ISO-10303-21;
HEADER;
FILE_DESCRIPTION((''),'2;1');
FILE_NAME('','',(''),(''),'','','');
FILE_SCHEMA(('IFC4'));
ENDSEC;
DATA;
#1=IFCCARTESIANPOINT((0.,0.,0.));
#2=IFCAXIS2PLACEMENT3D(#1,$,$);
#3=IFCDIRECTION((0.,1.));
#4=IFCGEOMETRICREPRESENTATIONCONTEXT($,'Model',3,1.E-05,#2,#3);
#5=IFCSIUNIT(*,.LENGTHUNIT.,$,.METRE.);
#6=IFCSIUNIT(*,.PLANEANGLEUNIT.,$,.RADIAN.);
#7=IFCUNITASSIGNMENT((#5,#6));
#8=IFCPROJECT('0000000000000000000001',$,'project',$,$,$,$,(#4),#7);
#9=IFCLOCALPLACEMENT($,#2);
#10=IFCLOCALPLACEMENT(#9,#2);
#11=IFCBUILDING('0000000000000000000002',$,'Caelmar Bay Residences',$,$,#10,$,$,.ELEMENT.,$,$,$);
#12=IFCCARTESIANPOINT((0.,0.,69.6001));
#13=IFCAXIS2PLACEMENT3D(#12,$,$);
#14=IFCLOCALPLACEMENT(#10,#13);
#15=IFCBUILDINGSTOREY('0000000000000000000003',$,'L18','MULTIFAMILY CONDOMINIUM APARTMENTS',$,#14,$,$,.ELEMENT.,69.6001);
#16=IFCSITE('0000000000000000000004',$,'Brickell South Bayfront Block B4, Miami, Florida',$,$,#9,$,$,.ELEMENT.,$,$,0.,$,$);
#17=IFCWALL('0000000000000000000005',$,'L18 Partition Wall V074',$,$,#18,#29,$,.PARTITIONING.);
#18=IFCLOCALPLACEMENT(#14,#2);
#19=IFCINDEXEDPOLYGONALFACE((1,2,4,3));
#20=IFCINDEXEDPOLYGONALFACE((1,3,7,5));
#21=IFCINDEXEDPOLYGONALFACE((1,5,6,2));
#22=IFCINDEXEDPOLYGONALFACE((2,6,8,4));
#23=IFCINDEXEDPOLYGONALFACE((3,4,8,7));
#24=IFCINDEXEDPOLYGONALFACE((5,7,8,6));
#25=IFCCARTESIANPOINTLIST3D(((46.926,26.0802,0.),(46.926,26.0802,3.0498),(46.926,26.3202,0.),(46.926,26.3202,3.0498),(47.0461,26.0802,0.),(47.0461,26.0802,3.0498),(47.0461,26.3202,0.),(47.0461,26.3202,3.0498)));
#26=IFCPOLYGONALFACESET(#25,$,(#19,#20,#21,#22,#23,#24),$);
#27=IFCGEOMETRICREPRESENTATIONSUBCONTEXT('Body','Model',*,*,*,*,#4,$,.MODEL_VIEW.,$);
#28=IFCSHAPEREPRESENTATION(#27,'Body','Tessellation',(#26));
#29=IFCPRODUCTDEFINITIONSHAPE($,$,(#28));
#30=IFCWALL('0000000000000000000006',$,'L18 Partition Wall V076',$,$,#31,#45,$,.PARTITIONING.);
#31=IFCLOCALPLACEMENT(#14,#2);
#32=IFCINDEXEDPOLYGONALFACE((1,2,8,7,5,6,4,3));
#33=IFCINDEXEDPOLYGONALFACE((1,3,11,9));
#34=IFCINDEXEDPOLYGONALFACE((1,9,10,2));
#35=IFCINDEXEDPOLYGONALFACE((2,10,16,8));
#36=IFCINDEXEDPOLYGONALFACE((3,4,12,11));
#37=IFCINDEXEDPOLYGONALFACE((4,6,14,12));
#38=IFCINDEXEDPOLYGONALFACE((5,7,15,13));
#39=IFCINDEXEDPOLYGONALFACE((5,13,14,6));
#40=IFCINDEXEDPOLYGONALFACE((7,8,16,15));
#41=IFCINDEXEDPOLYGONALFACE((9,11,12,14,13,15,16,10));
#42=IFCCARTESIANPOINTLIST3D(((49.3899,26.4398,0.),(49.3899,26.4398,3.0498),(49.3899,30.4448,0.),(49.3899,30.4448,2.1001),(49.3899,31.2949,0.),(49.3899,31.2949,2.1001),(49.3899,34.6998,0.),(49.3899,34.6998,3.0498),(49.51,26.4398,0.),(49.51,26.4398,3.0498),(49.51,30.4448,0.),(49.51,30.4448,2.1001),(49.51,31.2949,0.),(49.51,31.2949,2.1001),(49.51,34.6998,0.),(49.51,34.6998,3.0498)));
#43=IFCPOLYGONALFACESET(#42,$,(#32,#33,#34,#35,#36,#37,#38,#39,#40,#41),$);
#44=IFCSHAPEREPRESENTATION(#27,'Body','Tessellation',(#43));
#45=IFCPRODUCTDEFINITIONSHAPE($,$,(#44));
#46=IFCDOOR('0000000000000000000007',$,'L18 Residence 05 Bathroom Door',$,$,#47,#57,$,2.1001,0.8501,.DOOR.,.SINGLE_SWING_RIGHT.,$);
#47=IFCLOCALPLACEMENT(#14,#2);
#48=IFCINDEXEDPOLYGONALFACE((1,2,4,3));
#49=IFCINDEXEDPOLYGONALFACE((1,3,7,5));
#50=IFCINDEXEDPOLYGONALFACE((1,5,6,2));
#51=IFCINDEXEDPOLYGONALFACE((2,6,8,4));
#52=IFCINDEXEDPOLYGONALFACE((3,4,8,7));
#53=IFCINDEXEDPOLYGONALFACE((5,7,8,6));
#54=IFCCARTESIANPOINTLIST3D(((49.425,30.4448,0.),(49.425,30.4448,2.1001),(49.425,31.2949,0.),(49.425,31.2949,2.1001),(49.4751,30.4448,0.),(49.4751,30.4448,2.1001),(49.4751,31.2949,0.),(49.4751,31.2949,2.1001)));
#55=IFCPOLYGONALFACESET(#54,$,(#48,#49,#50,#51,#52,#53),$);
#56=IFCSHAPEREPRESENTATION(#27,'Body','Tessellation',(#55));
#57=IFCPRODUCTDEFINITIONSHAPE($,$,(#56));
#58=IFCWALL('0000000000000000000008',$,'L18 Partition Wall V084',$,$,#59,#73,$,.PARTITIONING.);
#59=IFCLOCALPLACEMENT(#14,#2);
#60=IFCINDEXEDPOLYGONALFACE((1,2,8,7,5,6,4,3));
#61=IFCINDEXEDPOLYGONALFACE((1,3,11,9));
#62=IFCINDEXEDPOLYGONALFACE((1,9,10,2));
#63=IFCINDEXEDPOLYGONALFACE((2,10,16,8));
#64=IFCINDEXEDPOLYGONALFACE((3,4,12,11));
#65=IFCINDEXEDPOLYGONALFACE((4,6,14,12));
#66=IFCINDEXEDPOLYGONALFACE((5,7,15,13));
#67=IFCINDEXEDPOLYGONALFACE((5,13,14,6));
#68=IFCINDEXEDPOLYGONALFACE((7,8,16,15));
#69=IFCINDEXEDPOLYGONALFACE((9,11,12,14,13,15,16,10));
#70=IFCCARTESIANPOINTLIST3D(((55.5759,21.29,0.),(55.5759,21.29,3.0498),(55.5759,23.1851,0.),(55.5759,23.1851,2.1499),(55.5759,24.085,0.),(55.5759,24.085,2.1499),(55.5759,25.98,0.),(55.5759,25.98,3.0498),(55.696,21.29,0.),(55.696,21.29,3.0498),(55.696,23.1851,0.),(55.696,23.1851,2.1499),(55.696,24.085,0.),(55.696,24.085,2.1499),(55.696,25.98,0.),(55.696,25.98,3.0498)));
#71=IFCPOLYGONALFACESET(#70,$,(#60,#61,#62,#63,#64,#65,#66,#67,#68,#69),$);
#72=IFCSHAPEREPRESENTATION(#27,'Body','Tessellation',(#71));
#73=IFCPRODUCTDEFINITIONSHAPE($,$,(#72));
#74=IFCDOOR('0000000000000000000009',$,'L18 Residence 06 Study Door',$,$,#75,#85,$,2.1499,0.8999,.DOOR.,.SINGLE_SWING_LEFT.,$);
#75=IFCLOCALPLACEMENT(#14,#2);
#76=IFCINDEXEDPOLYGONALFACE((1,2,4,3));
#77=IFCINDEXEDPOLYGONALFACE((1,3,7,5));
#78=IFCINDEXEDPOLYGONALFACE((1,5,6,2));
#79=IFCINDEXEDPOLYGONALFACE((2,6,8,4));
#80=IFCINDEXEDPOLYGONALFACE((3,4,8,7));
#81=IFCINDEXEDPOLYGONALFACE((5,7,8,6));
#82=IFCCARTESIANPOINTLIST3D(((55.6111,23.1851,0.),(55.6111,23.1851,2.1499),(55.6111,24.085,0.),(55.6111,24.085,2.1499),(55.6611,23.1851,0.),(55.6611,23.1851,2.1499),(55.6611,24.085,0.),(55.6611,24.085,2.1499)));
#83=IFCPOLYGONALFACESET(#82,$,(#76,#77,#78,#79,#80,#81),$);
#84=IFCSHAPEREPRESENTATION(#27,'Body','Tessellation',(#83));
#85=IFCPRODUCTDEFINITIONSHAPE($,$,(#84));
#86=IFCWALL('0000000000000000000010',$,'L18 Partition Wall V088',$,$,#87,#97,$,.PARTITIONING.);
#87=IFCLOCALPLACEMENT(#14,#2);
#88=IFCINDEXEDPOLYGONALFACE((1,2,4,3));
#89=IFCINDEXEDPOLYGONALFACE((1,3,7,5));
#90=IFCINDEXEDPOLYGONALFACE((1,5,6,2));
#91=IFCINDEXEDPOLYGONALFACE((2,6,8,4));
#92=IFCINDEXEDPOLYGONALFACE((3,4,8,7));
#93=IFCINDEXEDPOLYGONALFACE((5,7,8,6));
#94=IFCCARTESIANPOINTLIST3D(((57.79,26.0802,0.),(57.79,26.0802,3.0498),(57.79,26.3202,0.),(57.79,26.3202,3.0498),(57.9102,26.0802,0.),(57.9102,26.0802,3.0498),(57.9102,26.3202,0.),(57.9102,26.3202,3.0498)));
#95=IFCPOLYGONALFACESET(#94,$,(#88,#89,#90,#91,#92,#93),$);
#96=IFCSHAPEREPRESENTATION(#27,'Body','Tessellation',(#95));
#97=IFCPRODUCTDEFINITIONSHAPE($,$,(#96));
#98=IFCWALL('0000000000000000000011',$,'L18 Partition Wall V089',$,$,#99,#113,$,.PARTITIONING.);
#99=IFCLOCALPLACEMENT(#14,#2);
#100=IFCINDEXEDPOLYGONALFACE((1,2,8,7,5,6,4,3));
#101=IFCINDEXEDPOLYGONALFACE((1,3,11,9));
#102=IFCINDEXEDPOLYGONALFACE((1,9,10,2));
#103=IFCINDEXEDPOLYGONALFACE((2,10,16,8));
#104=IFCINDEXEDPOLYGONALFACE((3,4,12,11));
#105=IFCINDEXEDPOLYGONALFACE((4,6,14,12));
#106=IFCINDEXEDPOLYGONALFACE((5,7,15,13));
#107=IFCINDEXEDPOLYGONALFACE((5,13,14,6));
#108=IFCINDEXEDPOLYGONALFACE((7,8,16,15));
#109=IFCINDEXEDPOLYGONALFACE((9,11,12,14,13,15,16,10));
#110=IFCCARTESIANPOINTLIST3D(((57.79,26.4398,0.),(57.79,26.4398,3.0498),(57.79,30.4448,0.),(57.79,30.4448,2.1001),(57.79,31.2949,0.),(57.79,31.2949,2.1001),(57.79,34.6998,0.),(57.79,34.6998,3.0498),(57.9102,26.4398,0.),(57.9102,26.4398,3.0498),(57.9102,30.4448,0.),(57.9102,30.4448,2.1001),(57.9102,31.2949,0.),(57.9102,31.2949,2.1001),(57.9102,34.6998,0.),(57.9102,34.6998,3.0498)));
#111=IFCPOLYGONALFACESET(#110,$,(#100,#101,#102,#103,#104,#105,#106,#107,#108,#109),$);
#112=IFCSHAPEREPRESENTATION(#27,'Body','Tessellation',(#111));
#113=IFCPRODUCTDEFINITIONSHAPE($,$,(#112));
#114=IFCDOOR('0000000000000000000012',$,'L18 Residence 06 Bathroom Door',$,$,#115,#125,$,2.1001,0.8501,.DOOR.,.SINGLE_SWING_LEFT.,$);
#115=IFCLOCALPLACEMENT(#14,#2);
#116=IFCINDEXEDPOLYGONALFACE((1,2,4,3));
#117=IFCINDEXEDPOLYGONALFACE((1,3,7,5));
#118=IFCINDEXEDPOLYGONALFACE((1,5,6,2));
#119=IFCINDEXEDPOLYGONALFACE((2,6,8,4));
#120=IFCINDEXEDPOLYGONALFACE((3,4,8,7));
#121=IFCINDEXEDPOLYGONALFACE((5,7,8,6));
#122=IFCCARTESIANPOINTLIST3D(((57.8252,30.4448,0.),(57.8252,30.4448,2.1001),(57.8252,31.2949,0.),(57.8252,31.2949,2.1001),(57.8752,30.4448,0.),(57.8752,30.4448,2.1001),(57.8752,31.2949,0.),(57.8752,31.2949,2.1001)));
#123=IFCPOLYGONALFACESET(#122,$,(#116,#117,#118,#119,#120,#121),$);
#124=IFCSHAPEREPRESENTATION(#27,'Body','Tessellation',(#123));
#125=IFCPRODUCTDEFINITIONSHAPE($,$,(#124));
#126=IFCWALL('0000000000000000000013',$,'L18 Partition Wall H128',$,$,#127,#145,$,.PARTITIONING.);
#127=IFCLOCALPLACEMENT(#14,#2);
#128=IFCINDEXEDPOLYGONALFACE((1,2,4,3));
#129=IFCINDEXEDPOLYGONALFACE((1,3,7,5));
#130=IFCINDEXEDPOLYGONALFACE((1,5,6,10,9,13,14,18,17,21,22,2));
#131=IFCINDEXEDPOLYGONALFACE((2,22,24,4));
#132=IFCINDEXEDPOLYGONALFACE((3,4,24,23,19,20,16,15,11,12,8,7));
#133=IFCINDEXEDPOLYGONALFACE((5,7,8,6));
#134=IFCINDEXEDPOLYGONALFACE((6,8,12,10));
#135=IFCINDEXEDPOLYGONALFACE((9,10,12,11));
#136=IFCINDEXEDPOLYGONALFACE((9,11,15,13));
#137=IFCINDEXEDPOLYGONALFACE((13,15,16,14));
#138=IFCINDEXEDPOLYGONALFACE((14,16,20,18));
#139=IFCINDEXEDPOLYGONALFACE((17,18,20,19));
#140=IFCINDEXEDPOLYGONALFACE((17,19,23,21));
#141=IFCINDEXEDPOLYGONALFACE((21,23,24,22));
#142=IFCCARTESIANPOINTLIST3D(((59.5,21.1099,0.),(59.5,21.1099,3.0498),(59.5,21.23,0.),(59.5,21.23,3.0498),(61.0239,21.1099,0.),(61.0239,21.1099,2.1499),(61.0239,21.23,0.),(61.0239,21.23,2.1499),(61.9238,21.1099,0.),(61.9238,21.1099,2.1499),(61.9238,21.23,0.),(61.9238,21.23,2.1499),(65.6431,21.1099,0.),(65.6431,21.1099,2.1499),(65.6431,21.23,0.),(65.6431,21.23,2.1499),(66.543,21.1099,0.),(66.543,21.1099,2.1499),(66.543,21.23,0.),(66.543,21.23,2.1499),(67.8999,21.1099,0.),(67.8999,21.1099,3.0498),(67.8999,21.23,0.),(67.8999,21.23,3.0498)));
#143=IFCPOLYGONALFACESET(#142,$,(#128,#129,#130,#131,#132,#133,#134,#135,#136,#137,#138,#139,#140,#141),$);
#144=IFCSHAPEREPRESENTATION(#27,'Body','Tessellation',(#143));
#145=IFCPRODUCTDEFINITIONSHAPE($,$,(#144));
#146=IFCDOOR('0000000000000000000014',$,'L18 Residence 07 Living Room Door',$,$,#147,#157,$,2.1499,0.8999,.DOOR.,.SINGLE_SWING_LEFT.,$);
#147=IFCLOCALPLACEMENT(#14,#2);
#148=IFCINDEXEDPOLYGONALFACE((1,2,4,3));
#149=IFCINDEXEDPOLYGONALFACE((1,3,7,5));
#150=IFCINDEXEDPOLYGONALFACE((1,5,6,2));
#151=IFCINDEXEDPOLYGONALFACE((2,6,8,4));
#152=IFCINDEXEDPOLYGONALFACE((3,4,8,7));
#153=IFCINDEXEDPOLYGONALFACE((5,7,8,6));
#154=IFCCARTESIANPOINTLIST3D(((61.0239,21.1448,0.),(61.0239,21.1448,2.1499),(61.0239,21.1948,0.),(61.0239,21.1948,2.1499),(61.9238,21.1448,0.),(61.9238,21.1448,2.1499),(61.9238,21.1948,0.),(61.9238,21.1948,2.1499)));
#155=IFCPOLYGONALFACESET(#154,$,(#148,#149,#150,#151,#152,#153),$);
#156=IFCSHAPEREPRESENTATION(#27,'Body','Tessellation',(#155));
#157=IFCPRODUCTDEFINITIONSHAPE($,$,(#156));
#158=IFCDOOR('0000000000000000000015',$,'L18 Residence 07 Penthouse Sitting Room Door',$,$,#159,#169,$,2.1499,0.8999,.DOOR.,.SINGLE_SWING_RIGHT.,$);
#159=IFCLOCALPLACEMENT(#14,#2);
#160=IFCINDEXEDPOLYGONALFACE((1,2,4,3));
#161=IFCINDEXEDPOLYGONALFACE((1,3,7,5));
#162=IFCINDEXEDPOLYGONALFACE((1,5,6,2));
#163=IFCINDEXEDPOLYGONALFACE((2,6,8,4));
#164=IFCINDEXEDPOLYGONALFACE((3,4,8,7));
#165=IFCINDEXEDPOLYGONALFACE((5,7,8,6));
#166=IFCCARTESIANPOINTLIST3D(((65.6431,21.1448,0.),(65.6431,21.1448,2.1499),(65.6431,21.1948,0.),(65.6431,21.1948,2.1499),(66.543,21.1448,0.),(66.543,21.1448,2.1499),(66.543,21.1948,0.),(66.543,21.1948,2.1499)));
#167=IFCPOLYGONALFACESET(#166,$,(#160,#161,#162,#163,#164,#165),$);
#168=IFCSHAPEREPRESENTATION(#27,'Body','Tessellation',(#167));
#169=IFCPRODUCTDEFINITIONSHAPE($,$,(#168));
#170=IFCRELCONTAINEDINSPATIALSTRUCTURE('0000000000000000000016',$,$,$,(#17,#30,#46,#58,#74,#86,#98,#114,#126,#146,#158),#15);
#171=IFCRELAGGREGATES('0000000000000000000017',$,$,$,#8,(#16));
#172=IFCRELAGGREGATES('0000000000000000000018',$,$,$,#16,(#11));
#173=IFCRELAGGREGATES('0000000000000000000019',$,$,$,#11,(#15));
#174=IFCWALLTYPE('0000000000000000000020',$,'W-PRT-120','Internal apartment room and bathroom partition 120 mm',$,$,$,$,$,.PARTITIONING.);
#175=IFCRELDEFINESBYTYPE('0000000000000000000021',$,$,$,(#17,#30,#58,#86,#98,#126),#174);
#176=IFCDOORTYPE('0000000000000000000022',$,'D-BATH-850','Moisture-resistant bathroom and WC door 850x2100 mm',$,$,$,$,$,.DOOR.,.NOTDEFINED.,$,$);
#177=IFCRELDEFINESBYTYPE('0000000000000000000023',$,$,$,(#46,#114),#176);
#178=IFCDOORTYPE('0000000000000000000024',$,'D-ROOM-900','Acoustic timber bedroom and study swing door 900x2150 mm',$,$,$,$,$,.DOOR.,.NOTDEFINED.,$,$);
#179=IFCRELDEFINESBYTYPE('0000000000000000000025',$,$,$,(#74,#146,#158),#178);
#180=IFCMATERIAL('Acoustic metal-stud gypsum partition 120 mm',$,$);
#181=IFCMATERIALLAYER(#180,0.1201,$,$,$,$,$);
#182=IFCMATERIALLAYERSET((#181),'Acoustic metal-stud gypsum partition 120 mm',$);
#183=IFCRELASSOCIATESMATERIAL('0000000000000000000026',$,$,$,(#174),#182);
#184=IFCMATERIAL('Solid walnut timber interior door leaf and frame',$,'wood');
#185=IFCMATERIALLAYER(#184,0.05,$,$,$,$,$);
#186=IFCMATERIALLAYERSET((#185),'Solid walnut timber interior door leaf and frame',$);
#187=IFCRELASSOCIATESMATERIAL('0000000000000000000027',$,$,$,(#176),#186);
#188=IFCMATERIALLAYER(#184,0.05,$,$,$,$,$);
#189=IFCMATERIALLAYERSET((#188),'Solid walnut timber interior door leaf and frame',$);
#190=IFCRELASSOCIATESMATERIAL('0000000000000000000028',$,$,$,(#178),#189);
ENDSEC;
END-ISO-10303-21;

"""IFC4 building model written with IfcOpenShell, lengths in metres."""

from ifc_helpers import new_model, si_unit, direction, frame, frame_2d, origin, place, context, subcontext, project, spatial, rectangle, extrude, material, layer, layer_set, type_object, element, fill, save


model = new_model("IFC4")

# Units and contexts
model_context = context("Model", 3, precision=1e-05, world=origin(), true_north=direction((0.0, 1.0)))
body_context = subcontext(model_context, "Body", "Model", "MODEL_VIEW")
ifc_project = project(units=[si_unit("LENGTHUNIT", "METRE"), si_unit("PLANEANGLEUNIT", "RADIAN")], contexts=[model_context])

# Site, building, storey
site_placement = place(None, origin())
site = spatial("IfcSite", under=ifc_project, at=site_placement, Name="Brickell South Bayfront Block B4, Miami, Florida", CompositionType="ELEMENT", RefElevation=0.0)
building_placement = place(site_placement, origin())
building = spatial("IfcBuilding", under=site, at=building_placement, Name="Caelmar Bay Residences", CompositionType="ELEMENT")
storey_placement = place(building_placement, frame((0.0, 0.0, 69.6001)))
storey = spatial("IfcBuildingStorey", under=building, at=storey_placement, Name="L18", Description="MULTIFAMILY CONDOMINIUM APARTMENTS", CompositionType="ELEMENT", Elevation=69.6001)

# Wall
ifc_material_1 = material(Name="Acoustic metal-stud gypsum partition 120 mm")
ifc_layer_1 = layer(ifc_material_1, 0.1201)
ifc_layer_set_1 = layer_set([ifc_layer_1], Name="Acoustic metal-stud gypsum partition 120 mm")
wall_type_1 = type_object("IfcWallType", Name="W-PRT-120", Description="Internal apartment room and bathroom partition 120 mm", PredefinedType="PARTITIONING", material=ifc_layer_set_1)
wall_1_placement = place(storey_placement, frame((46.9861, 26.0801, 0.0), z_axis=(0.0, 0.0, 1.0), x_axis=(0.0, 1.0, 0.0)))
element("IfcWall", 1, at=wall_1_placement, inside=storey, type_object=wall_type_1, Name="L18 Partition Wall V074", PredefinedType="PARTITIONING", context=body_context, shape_type="SweptSolid", body=[
    extrude(rectangle(XDim=0.24, YDim=0.1201, at=frame_2d((0.1201, 0.0))), origin(), (0.0, 0.0, 1.0), 3.0498),
])

# Walls, openings, doors
wall_2_placement = place(storey_placement, frame((49.45, 26.4399, 0.0), z_axis=(0.0, 0.0, 1.0), x_axis=(0.0, 1.0, 0.0)))
wall_2 = element("IfcWall", 2, at=wall_2_placement, inside=storey, type_object=wall_type_1, Name="L18 Partition Wall V076", PredefinedType="PARTITIONING", context=body_context, shape_type="SweptSolid", body=[
    extrude(rectangle(XDim=8.26, YDim=0.1201, at=frame_2d((4.1299, 0.0))), origin(), (0.0, 0.0, 1.0), 3.0498),
])
opening_1_placement = place(wall_2_placement, frame((4.0049, 0.0, 0.0)))
opening_1 = element("IfcOpeningElement", 3, at=opening_1_placement, cuts=wall_2, PredefinedType="OPENING", context=body_context, shape_type="SweptSolid", body=[
    extrude(rectangle(XDim=0.8501, YDim=2.1001, at=frame_2d((0.425, 1.05))), frame((0.0, 0.0701, 0.0), z_axis=(0.0, -1.0, 0.0), x_axis=(1.0, 0.0, 0.0)), (0.0, 0.0, 1.0), 0.1401),
])
ifc_material_2 = material(Name="Solid walnut timber interior door leaf and frame", Category="wood")
ifc_layer_2 = layer(ifc_material_2, 0.05)
ifc_layer_set_2 = layer_set([ifc_layer_2], Name="Solid walnut timber interior door leaf and frame")
door_type_1 = type_object("IfcDoorType", Name="D-BATH-850", Description="Moisture-resistant bathroom and WC door 850x2100 mm", OperationType="NOTDEFINED", PredefinedType="DOOR", material=ifc_layer_set_2)
door_1_placement = place(opening_1_placement, origin())
door_1 = element("IfcDoor", 4, at=door_1_placement, inside=storey, type_object=door_type_1, Name="L18 Residence 05 Bathroom Door", OperationType="SINGLE_SWING_RIGHT", OverallHeight=2.1001, OverallWidth=0.8501, PredefinedType="DOOR", context=body_context, shape_type="SweptSolid", body=[
    extrude(rectangle(XDim=0.8501, YDim=2.1001, at=frame_2d((0.425, 1.05))), frame((0.0, 0.0249, 0.0), z_axis=(0.0, -1.0, 0.0), x_axis=(1.0, 0.0, 0.0)), (0.0, 0.0, 1.0), 0.05),
])
fill(opening_1, door_1)
wall_3_placement = place(storey_placement, frame((55.636, 21.29, 0.0), z_axis=(0.0, 0.0, 1.0), x_axis=(0.0, 1.0, 0.0)))
wall_3 = element("IfcWall", 5, at=wall_3_placement, inside=storey, type_object=wall_type_1, Name="L18 Partition Wall V084", PredefinedType="PARTITIONING", context=body_context, shape_type="SweptSolid", body=[
    extrude(rectangle(XDim=4.6899, YDim=0.1201, at=frame_2d((2.345, 0.0))), origin(), (0.0, 0.0, 1.0), 3.0498),
])
opening_2_placement = place(wall_3_placement, frame((1.895, 0.0, 0.0)))
opening_2 = element("IfcOpeningElement", 6, at=opening_2_placement, cuts=wall_3, PredefinedType="OPENING", context=body_context, shape_type="SweptSolid", body=[
    extrude(rectangle(XDim=0.8999, YDim=2.1499, at=frame_2d((0.45, 1.075))), frame((0.0, 0.0701, 0.0), z_axis=(0.0, -1.0, 0.0), x_axis=(1.0, 0.0, 0.0)), (0.0, 0.0, 1.0), 0.1401),
])
ifc_layer_3 = layer(ifc_material_2, 0.05)
ifc_layer_set_3 = layer_set([ifc_layer_3], Name="Solid walnut timber interior door leaf and frame")
door_type_2 = type_object("IfcDoorType", Name="D-ROOM-900", Description="Acoustic timber bedroom and study swing door 900x2150 mm", OperationType="NOTDEFINED", PredefinedType="DOOR", material=ifc_layer_set_3)
door_2_placement = place(opening_2_placement, origin())
door_2 = element("IfcDoor", 7, at=door_2_placement, inside=storey, type_object=door_type_2, Name="L18 Residence 06 Study Door", OperationType="SINGLE_SWING_LEFT", OverallHeight=2.1499, OverallWidth=0.8999, PredefinedType="DOOR", context=body_context, shape_type="SweptSolid", body=[
    extrude(rectangle(XDim=0.8999, YDim=2.1499, at=frame_2d((0.45, 1.075))), frame((0.0, 0.0249, 0.0), z_axis=(0.0, -1.0, 0.0), x_axis=(1.0, 0.0, 0.0)), (0.0, 0.0, 1.0), 0.05),
])
fill(opening_2, door_2)

# Wall
wall_4_placement = place(storey_placement, frame((57.8501, 26.0801, 0.0), z_axis=(0.0, 0.0, 1.0), x_axis=(0.0, 1.0, 0.0)))
element("IfcWall", 8, at=wall_4_placement, inside=storey, type_object=wall_type_1, Name="L18 Partition Wall V088", PredefinedType="PARTITIONING", context=body_context, shape_type="SweptSolid", body=[
    extrude(rectangle(XDim=0.24, YDim=0.1201, at=frame_2d((0.1201, 0.0))), origin(), (0.0, 0.0, 1.0), 3.0498),
])

# Wall, opening, door
wall_5_placement = place(storey_placement, frame((57.8501, 26.4399, 0.0), z_axis=(0.0, 0.0, 1.0), x_axis=(0.0, 1.0, 0.0)))
wall_5 = element("IfcWall", 9, at=wall_5_placement, inside=storey, type_object=wall_type_1, Name="L18 Partition Wall V089", PredefinedType="PARTITIONING", context=body_context, shape_type="SweptSolid", body=[
    extrude(rectangle(XDim=8.26, YDim=0.1201, at=frame_2d((4.1299, 0.0))), origin(), (0.0, 0.0, 1.0), 3.0498),
])
opening_3_placement = place(wall_5_placement, frame((4.0049, 0.0, 0.0)))
opening_3 = element("IfcOpeningElement", 10, at=opening_3_placement, cuts=wall_5, PredefinedType="OPENING", context=body_context, shape_type="SweptSolid", body=[
    extrude(rectangle(XDim=0.8501, YDim=2.1001, at=frame_2d((0.425, 1.05))), frame((0.0, 0.0701, 0.0), z_axis=(0.0, -1.0, 0.0), x_axis=(1.0, 0.0, 0.0)), (0.0, 0.0, 1.0), 0.1401),
])
door_3_placement = place(opening_3_placement, origin())
door_3 = element("IfcDoor", 11, at=door_3_placement, inside=storey, type_object=door_type_1, Name="L18 Residence 06 Bathroom Door", OperationType="SINGLE_SWING_LEFT", OverallHeight=2.1001, OverallWidth=0.8501, PredefinedType="DOOR", context=body_context, shape_type="SweptSolid", body=[
    extrude(rectangle(XDim=0.8501, YDim=2.1001, at=frame_2d((0.425, 1.05))), frame((0.0, 0.0249, 0.0), z_axis=(0.0, -1.0, 0.0), x_axis=(1.0, 0.0, 0.0)), (0.0, 0.0, 1.0), 0.05),
])
fill(opening_3, door_3)

# Wall, openings, doors
wall_6_placement = place(storey_placement, frame((59.5, 21.1699, 0.0), z_axis=(0.0, 0.0, 1.0), x_axis=(1.0, 0.0, 0.0)))
wall_6 = element("IfcWall", 12, at=wall_6_placement, inside=storey, type_object=wall_type_1, Name="L18 Partition Wall H128", PredefinedType="PARTITIONING", context=body_context, shape_type="SweptSolid", body=[
    extrude(rectangle(XDim=8.3999, YDim=0.1201, at=frame_2d((4.2, 0.0))), origin(), (0.0, 0.0, 1.0), 3.0498),
])
opening_4_placement = place(wall_6_placement, frame((1.5239, 0.0, 0.0)))
opening_4 = element("IfcOpeningElement", 13, at=opening_4_placement, cuts=wall_6, PredefinedType="OPENING", context=body_context, shape_type="SweptSolid", body=[
    extrude(rectangle(XDim=0.8999, YDim=2.1499, at=frame_2d((0.45, 1.075))), frame((0.0, 0.0701, 0.0), z_axis=(0.0, -1.0, 0.0), x_axis=(1.0, 0.0, 0.0)), (0.0, 0.0, 1.0), 0.1401),
])
opening_5_placement = place(wall_6_placement, frame((6.1431, 0.0, 0.0)))
opening_5 = element("IfcOpeningElement", 14, at=opening_5_placement, cuts=wall_6, PredefinedType="OPENING", context=body_context, shape_type="SweptSolid", body=[
    extrude(rectangle(XDim=0.8999, YDim=2.1499, at=frame_2d((0.45, 1.075))), frame((0.0, 0.0701, 0.0), z_axis=(0.0, -1.0, 0.0), x_axis=(1.0, 0.0, 0.0)), (0.0, 0.0, 1.0), 0.1401),
])
door_4_placement = place(opening_4_placement, origin())
door_4 = element("IfcDoor", 15, at=door_4_placement, inside=storey, type_object=door_type_2, Name="L18 Residence 07 Living Room Door", OperationType="SINGLE_SWING_LEFT", OverallHeight=2.1499, OverallWidth=0.8999, PredefinedType="DOOR", context=body_context, shape_type="SweptSolid", body=[
    extrude(rectangle(XDim=0.8999, YDim=2.1499, at=frame_2d((0.45, 1.075))), frame((0.0, 0.0249, 0.0), z_axis=(0.0, -1.0, 0.0), x_axis=(1.0, 0.0, 0.0)), (0.0, 0.0, 1.0), 0.05),
])
fill(opening_4, door_4)
door_5_placement = place(opening_5_placement, origin())
door_5 = element("IfcDoor", 16, at=door_5_placement, inside=storey, type_object=door_type_2, Name="L18 Residence 07 Penthouse Sitting Room Door", OperationType="SINGLE_SWING_RIGHT", OverallHeight=2.1499, OverallWidth=0.8999, PredefinedType="DOOR", context=body_context, shape_type="SweptSolid", body=[
    extrude(rectangle(XDim=0.8999, YDim=2.1499, at=frame_2d((0.45, 1.075))), frame((0.0, 0.0249, 0.0), z_axis=(0.0, -1.0, 0.0), x_axis=(1.0, 0.0, 0.0)), (0.0, 0.0, 1.0), 0.05),
])
fill(opening_5, door_5)

save(model, "model.ifc")
